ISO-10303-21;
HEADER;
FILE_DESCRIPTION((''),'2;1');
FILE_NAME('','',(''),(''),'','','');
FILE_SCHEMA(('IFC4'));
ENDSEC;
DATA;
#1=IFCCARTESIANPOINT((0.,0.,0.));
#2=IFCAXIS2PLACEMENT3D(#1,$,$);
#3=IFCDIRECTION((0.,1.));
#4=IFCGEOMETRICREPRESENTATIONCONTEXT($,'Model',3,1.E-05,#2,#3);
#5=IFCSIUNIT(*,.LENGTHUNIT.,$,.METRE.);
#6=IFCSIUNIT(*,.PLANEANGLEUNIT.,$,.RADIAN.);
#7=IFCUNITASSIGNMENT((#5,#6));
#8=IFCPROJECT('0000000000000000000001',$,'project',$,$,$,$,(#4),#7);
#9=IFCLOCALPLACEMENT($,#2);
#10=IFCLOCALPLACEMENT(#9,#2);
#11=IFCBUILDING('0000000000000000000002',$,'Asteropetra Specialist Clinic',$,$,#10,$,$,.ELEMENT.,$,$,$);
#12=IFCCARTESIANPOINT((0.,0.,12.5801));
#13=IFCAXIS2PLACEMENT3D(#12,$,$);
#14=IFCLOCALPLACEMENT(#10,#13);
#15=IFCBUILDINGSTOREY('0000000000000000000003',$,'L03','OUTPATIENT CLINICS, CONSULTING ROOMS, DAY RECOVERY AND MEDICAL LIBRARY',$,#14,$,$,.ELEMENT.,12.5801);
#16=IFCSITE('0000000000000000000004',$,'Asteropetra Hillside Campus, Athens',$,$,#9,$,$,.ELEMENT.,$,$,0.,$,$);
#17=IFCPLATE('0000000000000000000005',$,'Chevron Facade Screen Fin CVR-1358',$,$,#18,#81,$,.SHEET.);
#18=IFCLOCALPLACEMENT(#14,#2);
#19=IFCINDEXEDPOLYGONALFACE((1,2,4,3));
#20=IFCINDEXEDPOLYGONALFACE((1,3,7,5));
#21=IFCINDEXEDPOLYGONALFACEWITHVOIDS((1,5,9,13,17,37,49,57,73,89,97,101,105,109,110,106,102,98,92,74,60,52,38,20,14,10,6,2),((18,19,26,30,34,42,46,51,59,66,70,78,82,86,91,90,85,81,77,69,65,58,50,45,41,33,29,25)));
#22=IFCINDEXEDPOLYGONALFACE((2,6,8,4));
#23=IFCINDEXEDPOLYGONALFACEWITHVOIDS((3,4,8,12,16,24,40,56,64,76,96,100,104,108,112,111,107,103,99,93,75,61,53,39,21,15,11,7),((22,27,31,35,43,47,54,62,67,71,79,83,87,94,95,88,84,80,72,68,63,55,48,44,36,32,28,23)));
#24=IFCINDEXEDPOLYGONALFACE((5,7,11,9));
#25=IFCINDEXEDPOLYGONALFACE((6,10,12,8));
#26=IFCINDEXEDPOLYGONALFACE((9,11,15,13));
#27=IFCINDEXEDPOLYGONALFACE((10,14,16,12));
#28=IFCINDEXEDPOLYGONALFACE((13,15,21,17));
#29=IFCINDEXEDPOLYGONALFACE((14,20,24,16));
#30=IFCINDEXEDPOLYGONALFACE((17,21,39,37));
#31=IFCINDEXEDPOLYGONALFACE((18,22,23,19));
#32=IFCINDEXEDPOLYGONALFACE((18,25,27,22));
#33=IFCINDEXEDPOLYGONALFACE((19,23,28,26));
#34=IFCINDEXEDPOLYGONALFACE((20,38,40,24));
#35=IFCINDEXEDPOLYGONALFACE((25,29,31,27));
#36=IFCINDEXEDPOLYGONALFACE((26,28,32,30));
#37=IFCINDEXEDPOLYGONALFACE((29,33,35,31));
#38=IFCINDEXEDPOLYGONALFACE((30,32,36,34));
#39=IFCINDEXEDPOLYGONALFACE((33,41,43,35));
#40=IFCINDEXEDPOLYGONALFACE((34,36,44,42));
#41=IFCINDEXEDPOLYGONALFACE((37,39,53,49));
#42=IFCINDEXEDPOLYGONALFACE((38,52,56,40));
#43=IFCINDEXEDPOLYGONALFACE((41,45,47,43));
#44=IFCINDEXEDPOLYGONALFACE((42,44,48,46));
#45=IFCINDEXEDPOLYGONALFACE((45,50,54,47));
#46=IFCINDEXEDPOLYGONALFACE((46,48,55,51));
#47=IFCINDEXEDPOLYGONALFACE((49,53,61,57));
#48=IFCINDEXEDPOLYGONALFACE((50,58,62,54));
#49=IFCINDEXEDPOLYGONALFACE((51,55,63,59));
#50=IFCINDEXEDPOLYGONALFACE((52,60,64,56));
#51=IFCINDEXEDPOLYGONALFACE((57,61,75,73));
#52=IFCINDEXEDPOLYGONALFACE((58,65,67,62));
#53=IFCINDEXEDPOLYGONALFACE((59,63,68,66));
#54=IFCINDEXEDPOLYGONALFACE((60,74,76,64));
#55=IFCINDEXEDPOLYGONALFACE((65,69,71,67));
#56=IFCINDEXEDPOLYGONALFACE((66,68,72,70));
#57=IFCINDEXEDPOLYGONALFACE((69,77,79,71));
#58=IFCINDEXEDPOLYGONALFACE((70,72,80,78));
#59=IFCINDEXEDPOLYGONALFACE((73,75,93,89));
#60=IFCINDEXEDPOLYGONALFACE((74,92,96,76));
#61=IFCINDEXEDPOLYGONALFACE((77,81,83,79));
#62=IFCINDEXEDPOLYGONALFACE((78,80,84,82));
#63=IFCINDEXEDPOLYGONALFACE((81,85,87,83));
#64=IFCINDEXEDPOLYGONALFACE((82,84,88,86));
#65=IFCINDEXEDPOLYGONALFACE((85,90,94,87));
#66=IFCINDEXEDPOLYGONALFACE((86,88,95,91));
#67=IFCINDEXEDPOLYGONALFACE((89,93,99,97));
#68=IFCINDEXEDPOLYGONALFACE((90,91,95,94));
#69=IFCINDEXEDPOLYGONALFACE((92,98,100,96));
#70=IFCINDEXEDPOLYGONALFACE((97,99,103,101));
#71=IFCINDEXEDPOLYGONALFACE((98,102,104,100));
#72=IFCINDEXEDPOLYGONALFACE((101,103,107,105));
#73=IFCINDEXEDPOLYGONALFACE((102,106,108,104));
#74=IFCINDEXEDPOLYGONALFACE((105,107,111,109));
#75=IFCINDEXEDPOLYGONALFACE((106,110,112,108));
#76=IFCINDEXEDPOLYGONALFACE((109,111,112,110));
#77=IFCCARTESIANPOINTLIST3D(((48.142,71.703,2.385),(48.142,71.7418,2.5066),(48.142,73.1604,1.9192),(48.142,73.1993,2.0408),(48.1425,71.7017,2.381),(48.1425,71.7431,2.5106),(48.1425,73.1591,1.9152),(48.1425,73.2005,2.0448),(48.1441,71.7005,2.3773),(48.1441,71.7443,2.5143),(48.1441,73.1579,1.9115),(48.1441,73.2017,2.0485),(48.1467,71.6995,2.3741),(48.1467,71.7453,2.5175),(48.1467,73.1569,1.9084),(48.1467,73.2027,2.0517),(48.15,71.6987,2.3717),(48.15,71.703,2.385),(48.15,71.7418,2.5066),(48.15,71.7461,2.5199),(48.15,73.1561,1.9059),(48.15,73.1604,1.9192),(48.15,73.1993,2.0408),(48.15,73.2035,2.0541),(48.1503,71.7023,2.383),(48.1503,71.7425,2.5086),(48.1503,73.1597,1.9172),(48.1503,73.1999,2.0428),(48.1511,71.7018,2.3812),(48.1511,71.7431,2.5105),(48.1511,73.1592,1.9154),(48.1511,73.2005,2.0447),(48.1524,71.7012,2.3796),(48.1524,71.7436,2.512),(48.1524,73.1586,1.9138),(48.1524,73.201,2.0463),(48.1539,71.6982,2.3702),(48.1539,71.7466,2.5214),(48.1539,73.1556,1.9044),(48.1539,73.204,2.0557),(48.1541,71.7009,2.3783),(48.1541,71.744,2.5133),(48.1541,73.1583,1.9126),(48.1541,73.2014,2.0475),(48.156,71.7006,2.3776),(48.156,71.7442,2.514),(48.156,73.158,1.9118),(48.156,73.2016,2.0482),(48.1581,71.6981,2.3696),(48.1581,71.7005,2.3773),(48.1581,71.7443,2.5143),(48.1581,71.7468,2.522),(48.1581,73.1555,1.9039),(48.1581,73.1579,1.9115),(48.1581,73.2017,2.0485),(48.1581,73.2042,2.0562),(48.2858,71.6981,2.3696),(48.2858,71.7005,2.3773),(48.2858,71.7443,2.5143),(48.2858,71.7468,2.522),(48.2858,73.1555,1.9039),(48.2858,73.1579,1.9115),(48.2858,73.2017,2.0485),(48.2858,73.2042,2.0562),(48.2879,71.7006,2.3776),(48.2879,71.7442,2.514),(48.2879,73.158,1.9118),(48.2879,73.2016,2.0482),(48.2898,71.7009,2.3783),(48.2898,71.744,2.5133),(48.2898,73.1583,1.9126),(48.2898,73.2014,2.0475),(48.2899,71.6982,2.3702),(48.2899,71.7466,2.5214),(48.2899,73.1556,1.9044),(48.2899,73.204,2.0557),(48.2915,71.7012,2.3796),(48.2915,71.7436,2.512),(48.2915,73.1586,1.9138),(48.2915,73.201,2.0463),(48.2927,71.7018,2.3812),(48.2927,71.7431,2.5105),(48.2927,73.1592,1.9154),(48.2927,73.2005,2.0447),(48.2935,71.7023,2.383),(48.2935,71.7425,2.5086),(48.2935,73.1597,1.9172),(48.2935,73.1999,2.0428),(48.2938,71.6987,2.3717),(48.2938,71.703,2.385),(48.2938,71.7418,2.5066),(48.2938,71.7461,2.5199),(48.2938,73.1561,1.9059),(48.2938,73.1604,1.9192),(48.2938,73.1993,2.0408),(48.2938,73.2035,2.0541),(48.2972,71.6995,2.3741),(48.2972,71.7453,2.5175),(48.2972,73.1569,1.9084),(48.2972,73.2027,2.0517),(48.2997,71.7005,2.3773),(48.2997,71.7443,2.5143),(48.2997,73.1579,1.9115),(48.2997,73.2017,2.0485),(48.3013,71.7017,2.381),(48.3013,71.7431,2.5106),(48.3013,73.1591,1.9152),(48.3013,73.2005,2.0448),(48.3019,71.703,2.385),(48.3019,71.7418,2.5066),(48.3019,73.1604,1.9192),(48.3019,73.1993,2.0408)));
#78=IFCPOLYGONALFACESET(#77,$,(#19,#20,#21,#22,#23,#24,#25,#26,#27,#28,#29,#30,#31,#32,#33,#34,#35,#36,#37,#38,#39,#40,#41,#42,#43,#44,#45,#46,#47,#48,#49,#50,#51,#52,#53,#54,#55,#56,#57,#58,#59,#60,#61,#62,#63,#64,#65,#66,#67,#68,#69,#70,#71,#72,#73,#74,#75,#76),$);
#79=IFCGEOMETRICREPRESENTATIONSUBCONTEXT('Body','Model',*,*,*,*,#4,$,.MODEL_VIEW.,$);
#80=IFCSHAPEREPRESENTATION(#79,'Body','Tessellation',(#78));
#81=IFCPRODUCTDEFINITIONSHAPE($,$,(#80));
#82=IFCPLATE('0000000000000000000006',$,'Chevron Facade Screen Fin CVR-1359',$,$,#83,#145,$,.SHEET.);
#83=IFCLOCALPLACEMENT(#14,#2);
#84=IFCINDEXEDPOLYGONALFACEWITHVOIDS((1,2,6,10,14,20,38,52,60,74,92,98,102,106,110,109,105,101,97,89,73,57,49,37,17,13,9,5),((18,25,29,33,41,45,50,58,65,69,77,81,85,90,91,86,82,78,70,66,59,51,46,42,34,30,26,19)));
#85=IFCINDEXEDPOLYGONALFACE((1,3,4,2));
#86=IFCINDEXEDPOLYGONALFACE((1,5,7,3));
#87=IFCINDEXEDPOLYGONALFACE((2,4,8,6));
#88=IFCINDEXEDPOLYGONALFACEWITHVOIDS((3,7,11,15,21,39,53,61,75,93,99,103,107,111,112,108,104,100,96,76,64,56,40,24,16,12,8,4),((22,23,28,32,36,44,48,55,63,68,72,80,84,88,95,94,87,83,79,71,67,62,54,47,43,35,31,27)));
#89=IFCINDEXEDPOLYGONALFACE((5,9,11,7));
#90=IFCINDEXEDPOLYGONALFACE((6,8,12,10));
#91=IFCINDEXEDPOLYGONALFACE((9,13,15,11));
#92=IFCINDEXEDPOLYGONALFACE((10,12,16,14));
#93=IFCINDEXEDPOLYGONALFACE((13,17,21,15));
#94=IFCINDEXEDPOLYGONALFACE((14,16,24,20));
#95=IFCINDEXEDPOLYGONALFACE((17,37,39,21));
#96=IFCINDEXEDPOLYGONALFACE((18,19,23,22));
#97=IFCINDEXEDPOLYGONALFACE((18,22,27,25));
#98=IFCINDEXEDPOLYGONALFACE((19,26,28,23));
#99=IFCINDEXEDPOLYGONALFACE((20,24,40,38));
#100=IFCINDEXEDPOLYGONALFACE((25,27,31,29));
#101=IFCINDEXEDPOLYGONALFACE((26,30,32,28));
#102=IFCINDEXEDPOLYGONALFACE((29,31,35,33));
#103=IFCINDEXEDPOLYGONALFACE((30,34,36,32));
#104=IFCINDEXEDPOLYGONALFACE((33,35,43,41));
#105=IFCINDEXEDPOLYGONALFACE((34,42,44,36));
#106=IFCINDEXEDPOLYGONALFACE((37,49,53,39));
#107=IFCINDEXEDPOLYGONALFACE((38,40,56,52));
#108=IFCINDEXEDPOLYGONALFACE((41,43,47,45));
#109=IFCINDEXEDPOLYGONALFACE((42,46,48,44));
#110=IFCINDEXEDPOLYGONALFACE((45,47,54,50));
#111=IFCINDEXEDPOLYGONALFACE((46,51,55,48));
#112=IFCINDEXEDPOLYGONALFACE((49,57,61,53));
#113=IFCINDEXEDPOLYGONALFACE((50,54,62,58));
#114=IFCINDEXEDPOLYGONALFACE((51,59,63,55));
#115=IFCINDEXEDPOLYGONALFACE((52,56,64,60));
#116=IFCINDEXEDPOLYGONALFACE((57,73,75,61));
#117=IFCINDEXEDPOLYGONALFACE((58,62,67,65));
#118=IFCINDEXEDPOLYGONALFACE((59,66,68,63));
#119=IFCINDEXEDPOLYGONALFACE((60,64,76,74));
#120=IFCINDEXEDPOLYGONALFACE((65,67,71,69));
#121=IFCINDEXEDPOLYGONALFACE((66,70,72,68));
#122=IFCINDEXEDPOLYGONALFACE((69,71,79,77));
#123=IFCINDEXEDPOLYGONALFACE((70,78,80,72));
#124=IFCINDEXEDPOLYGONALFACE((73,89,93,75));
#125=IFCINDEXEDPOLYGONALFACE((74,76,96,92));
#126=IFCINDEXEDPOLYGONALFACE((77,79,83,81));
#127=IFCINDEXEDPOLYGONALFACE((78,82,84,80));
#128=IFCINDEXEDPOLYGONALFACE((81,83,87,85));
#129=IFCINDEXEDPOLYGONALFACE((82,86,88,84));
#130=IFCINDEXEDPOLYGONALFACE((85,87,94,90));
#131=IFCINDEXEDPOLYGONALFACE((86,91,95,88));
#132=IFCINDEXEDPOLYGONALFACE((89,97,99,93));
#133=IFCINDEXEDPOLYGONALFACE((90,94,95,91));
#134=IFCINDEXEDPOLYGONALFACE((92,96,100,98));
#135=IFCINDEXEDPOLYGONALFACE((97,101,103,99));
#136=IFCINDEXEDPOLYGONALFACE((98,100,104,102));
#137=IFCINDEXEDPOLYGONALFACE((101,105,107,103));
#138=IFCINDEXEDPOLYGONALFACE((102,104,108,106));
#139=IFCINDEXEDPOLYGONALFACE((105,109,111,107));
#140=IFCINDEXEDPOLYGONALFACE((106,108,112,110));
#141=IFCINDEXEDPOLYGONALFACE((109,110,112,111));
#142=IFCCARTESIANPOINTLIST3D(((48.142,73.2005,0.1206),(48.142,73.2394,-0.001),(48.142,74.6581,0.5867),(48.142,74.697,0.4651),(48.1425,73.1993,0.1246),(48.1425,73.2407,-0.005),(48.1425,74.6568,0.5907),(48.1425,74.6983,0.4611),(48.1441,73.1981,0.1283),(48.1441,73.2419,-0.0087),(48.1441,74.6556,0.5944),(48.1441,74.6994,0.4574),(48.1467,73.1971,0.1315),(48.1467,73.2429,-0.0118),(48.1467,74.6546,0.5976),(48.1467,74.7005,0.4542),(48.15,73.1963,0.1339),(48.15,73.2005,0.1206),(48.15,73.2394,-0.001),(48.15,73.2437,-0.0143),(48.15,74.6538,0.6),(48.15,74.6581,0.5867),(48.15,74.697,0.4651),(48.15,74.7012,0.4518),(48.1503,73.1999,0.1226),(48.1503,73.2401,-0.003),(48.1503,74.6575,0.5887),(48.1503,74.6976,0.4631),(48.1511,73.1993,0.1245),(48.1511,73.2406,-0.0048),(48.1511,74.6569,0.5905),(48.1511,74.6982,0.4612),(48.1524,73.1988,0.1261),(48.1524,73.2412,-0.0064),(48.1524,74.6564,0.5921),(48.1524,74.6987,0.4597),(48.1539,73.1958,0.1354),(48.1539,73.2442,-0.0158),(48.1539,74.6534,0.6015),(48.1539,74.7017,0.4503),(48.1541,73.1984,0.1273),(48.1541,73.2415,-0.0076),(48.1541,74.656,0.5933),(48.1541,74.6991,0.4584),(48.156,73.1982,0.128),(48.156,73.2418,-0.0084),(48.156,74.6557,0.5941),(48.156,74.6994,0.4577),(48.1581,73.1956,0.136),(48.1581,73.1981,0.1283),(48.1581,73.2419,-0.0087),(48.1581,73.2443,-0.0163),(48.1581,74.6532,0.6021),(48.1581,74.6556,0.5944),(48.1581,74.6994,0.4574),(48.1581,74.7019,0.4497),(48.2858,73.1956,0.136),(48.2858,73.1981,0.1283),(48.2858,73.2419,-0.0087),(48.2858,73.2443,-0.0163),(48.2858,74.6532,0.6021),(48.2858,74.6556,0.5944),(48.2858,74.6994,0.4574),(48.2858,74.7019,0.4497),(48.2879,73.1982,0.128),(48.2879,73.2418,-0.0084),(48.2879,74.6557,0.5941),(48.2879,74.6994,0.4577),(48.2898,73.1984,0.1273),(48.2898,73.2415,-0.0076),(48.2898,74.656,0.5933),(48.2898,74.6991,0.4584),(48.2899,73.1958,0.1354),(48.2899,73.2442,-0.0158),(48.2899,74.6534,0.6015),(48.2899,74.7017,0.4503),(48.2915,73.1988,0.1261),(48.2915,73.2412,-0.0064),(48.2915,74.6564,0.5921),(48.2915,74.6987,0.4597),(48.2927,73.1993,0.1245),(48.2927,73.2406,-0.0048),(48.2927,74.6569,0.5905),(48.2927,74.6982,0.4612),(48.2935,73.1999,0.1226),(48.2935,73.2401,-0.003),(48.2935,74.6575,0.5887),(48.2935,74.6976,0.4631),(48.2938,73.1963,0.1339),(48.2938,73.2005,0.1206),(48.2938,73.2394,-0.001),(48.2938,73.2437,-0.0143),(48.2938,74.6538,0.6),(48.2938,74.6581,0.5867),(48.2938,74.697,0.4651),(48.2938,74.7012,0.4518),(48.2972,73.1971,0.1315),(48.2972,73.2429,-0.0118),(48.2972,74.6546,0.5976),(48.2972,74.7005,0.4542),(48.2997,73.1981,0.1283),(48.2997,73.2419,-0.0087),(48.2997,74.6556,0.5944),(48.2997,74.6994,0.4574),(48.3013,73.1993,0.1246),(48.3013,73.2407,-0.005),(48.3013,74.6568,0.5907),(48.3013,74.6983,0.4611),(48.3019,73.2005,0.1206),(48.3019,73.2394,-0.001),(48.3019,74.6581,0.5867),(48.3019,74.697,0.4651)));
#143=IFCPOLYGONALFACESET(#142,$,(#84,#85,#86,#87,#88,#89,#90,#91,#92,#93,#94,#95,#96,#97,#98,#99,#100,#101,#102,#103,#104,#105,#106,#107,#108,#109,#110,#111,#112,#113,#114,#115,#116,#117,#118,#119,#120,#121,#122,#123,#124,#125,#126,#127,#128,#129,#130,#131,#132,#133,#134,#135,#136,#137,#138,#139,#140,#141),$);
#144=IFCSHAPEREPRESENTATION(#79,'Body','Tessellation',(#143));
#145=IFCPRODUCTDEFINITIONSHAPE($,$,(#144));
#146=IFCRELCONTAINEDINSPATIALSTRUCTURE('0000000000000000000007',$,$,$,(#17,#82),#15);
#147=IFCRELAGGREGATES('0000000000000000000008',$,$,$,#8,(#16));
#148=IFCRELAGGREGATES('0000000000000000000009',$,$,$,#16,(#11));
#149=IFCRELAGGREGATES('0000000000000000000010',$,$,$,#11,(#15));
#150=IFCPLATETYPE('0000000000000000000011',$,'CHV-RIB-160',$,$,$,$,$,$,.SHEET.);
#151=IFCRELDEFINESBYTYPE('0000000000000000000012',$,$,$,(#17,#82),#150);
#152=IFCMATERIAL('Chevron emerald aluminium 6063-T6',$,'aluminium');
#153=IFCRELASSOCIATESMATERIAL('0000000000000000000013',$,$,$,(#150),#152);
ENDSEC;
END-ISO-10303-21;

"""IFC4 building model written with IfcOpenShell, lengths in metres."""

from ifc_helpers import new_model, si_unit, direction, frame, origin, origin_2d, place, context, subcontext, project, spatial, hollow_rectangle, extrude, material, material_profile, profile_set, type_object, element, save


model = new_model("IFC4")

# Units and contexts
model_context = context("Model", 3, precision=1e-05, world=origin(), true_north=direction((0.0, 1.0)))
body_context = subcontext(model_context, "Body", "Model", "MODEL_VIEW")
ifc_project = project(units=[si_unit("LENGTHUNIT", "METRE"), si_unit("PLANEANGLEUNIT", "RADIAN")], contexts=[model_context])

# Site, building, storey
site_placement = place(None, origin())
site = spatial("IfcSite", under=ifc_project, at=site_placement, Name="Asteropetra Hillside Campus, Athens", CompositionType="ELEMENT", RefElevation=0.0)
building_placement = place(site_placement, origin())
building = spatial("IfcBuilding", under=site, at=building_placement, Name="Asteropetra Specialist Clinic", CompositionType="ELEMENT")
storey_placement = place(building_placement, frame((0.0, 0.0, 12.5801)))
storey = spatial("IfcBuildingStorey", under=building, at=storey_placement, Name="L03", Description="OUTPATIENT CLINICS, CONSULTING ROOMS, DAY RECOVERY AND MEDICAL LIBRARY", CompositionType="ELEMENT", Elevation=12.5801)

# Plates
ifc_material_1 = material(Name="Chevron emerald aluminium 6063-T6", Category="aluminium")
ifc_material_profile = material_profile(ifc_material_1, hollow_rectangle(XDim=0.1599, YDim=0.1599, WallThickness=0.0081, InnerFilletRadius=0.0081, OuterFilletRadius=0.0161, at=origin_2d()), Name="SHS 160x160x8.0")
ifc_profile_set = profile_set([ifc_material_profile], Name="Chevron emerald aluminium 6063-T6")
plate_type_1 = type_object("IfcPlateType", Name="CHV-RIB-160", PredefinedType="SHEET", material=ifc_profile_set)
for number, where, z_axis, x_axis, name in (
    (1, (48.2219, 71.7224, 2.4458), (0.0, 0.952535, -0.304428), (-1.0, 0.0, 0.0), "Chevron Facade Screen Fin CVR-1358"),
):
    element("IfcPlate", number, at=place(storey_placement, frame(where, z_axis=z_axis, x_axis=x_axis)), inside=storey, type_object=plate_type_1, Name=name, PredefinedType="SHEET", context=body_context, shape_type="SweptSolid", body=[
        extrude(hollow_rectangle(XDim=0.1599, YDim=0.1599, WallThickness=0.0081, InnerFilletRadius=0.0081, OuterFilletRadius=0.0161, at=origin_2d()), origin(), (0.0, 0.0, 1.0), 1.53),
    ])
for number, where, z_axis, x_axis, name in (
    (2, (48.2219, 73.22, 0.0598), (0.0, 0.952489, 0.304573), (-1.0, 0.0, 0.0), "Chevron Facade Screen Fin CVR-1359"),
):
    element("IfcPlate", number, at=place(storey_placement, frame(where, z_axis=z_axis, x_axis=x_axis)), inside=storey, type_object=plate_type_1, Name=name, PredefinedType="SHEET", context=body_context, shape_type="SweptSolid", body=[
        extrude(hollow_rectangle(XDim=0.1599, YDim=0.1599, WallThickness=0.0081, InnerFilletRadius=0.0081, OuterFilletRadius=0.0161, at=origin_2d()), origin(), (0.0, 0.0, 1.0), 1.5303),
    ])

save(model, "model.ifc")
